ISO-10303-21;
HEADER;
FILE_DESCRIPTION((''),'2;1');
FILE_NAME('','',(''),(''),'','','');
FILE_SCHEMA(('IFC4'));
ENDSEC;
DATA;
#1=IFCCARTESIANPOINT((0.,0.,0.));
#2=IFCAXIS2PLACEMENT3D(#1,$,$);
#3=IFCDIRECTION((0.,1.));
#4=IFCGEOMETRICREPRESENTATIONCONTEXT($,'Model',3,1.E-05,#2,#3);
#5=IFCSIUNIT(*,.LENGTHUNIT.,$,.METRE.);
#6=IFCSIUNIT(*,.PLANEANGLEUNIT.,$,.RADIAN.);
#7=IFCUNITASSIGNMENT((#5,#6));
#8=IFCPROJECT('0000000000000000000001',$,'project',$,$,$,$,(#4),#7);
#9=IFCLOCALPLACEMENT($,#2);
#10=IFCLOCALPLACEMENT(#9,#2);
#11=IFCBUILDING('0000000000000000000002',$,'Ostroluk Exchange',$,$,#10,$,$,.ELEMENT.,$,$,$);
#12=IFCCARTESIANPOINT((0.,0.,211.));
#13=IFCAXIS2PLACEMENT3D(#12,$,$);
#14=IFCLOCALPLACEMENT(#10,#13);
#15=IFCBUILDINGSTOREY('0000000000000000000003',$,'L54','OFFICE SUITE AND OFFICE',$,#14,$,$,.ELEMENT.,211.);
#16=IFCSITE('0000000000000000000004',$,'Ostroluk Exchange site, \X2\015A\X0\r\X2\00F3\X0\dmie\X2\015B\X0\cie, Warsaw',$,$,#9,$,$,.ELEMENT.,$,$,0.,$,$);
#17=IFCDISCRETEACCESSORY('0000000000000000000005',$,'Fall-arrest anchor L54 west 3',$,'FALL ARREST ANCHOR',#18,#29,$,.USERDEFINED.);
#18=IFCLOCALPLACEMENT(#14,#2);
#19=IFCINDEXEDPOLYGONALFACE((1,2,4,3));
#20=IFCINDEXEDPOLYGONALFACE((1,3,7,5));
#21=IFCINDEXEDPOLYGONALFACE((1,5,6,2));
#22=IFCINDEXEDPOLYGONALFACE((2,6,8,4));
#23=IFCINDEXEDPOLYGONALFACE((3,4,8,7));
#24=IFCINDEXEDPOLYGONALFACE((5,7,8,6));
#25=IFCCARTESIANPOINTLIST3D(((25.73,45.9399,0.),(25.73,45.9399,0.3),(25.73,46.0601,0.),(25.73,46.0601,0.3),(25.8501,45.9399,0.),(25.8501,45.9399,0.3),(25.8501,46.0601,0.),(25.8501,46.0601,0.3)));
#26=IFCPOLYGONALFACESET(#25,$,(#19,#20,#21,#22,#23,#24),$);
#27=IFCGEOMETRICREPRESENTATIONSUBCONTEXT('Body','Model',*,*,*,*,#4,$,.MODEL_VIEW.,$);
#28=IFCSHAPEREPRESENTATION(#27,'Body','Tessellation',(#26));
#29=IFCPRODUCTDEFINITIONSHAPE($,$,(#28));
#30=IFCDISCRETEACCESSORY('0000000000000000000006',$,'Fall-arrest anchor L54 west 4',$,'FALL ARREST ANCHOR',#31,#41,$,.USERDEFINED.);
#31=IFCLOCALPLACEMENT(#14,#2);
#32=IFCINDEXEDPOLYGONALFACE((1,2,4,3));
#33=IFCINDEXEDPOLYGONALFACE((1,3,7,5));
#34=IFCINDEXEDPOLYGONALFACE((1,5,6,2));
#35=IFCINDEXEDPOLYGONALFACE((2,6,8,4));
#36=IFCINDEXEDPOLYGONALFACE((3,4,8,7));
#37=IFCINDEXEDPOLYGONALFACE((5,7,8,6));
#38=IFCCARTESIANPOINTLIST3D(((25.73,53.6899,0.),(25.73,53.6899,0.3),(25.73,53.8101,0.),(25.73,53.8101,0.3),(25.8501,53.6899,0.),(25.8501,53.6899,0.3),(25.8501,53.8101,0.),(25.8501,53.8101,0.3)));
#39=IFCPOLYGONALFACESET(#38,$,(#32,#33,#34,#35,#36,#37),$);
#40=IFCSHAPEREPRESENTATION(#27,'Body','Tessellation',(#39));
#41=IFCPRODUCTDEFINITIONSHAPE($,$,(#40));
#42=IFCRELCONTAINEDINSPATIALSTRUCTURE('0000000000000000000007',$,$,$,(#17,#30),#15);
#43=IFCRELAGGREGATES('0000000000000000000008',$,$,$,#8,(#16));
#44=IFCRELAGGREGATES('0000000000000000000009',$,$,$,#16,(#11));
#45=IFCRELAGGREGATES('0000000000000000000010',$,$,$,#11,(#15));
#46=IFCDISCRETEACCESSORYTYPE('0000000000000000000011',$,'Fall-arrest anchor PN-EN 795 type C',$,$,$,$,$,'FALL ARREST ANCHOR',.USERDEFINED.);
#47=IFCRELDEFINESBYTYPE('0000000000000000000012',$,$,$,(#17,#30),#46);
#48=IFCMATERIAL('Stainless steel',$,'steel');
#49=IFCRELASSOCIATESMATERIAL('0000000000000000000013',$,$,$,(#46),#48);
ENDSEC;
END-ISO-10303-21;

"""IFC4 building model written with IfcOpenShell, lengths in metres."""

from ifc_helpers import new_model, si_unit, direction, frame, origin, origin_2d, place, context, subcontext, project, spatial, rectangle, extrude, material, type_object, element, save


model = new_model("IFC4")

# Units and contexts
model_context = context("Model", 3, precision=1e-05, world=origin(), true_north=direction((0.0, 1.0)))
body_context = subcontext(model_context, "Body", "Model", "MODEL_VIEW")
ifc_project = project(units=[si_unit("LENGTHUNIT", "METRE"), si_unit("PLANEANGLEUNIT", "RADIAN")], contexts=[model_context])

# Site, building, storey
site_placement = place(None, origin())
site = spatial("IfcSite", under=ifc_project, at=site_placement, Name="Ostroluk Exchange site, Śródmieście, Warsaw", CompositionType="ELEMENT", RefElevation=0.0)
building_placement = place(site_placement, origin())
building = spatial("IfcBuilding", under=site, at=building_placement, Name="Ostroluk Exchange", CompositionType="ELEMENT")
storey_placement = place(building_placement, frame((0.0, 0.0, 211.0)))
storey = spatial("IfcBuildingStorey", under=building, at=storey_placement, Name="L54", Description="OFFICE SUITE AND OFFICE", CompositionType="ELEMENT", Elevation=211.0)

# Discrete accessories
ifc_material_1 = material(Name="Stainless steel", Category="steel")
discrete_accessory_type = type_object("IfcDiscreteAccessoryType", Name="Fall-arrest anchor PN-EN 795 type C", ElementType="FALL ARREST ANCHOR", PredefinedType="USERDEFINED", material=ifc_material_1)
for number, where, z_axis, x_axis, name in (
    (1, (25.79, 46.0, 0.0), (0.0, 0.0, 1.0), (1.0, 0.0, 0.0), "Fall-arrest anchor L54 west 3"),
    (2, (25.79, 53.75, 0.0), (0.0, 0.0, 1.0), (1.0, 0.0, 0.0), "Fall-arrest anchor L54 west 4"),
):
    element("IfcDiscreteAccessory", number, at=place(storey_placement, frame(where, z_axis=z_axis, x_axis=x_axis)), inside=storey, type_object=discrete_accessory_type, Name=name, ObjectType="FALL ARREST ANCHOR", PredefinedType="USERDEFINED", context=body_context, shape_type="SweptSolid", body=[
        extrude(rectangle(XDim=0.1201, YDim=0.1201, at=origin_2d()), origin(), (0.0, 0.0, 1.0), 0.3),
    ])

save(model, "model.ifc")
